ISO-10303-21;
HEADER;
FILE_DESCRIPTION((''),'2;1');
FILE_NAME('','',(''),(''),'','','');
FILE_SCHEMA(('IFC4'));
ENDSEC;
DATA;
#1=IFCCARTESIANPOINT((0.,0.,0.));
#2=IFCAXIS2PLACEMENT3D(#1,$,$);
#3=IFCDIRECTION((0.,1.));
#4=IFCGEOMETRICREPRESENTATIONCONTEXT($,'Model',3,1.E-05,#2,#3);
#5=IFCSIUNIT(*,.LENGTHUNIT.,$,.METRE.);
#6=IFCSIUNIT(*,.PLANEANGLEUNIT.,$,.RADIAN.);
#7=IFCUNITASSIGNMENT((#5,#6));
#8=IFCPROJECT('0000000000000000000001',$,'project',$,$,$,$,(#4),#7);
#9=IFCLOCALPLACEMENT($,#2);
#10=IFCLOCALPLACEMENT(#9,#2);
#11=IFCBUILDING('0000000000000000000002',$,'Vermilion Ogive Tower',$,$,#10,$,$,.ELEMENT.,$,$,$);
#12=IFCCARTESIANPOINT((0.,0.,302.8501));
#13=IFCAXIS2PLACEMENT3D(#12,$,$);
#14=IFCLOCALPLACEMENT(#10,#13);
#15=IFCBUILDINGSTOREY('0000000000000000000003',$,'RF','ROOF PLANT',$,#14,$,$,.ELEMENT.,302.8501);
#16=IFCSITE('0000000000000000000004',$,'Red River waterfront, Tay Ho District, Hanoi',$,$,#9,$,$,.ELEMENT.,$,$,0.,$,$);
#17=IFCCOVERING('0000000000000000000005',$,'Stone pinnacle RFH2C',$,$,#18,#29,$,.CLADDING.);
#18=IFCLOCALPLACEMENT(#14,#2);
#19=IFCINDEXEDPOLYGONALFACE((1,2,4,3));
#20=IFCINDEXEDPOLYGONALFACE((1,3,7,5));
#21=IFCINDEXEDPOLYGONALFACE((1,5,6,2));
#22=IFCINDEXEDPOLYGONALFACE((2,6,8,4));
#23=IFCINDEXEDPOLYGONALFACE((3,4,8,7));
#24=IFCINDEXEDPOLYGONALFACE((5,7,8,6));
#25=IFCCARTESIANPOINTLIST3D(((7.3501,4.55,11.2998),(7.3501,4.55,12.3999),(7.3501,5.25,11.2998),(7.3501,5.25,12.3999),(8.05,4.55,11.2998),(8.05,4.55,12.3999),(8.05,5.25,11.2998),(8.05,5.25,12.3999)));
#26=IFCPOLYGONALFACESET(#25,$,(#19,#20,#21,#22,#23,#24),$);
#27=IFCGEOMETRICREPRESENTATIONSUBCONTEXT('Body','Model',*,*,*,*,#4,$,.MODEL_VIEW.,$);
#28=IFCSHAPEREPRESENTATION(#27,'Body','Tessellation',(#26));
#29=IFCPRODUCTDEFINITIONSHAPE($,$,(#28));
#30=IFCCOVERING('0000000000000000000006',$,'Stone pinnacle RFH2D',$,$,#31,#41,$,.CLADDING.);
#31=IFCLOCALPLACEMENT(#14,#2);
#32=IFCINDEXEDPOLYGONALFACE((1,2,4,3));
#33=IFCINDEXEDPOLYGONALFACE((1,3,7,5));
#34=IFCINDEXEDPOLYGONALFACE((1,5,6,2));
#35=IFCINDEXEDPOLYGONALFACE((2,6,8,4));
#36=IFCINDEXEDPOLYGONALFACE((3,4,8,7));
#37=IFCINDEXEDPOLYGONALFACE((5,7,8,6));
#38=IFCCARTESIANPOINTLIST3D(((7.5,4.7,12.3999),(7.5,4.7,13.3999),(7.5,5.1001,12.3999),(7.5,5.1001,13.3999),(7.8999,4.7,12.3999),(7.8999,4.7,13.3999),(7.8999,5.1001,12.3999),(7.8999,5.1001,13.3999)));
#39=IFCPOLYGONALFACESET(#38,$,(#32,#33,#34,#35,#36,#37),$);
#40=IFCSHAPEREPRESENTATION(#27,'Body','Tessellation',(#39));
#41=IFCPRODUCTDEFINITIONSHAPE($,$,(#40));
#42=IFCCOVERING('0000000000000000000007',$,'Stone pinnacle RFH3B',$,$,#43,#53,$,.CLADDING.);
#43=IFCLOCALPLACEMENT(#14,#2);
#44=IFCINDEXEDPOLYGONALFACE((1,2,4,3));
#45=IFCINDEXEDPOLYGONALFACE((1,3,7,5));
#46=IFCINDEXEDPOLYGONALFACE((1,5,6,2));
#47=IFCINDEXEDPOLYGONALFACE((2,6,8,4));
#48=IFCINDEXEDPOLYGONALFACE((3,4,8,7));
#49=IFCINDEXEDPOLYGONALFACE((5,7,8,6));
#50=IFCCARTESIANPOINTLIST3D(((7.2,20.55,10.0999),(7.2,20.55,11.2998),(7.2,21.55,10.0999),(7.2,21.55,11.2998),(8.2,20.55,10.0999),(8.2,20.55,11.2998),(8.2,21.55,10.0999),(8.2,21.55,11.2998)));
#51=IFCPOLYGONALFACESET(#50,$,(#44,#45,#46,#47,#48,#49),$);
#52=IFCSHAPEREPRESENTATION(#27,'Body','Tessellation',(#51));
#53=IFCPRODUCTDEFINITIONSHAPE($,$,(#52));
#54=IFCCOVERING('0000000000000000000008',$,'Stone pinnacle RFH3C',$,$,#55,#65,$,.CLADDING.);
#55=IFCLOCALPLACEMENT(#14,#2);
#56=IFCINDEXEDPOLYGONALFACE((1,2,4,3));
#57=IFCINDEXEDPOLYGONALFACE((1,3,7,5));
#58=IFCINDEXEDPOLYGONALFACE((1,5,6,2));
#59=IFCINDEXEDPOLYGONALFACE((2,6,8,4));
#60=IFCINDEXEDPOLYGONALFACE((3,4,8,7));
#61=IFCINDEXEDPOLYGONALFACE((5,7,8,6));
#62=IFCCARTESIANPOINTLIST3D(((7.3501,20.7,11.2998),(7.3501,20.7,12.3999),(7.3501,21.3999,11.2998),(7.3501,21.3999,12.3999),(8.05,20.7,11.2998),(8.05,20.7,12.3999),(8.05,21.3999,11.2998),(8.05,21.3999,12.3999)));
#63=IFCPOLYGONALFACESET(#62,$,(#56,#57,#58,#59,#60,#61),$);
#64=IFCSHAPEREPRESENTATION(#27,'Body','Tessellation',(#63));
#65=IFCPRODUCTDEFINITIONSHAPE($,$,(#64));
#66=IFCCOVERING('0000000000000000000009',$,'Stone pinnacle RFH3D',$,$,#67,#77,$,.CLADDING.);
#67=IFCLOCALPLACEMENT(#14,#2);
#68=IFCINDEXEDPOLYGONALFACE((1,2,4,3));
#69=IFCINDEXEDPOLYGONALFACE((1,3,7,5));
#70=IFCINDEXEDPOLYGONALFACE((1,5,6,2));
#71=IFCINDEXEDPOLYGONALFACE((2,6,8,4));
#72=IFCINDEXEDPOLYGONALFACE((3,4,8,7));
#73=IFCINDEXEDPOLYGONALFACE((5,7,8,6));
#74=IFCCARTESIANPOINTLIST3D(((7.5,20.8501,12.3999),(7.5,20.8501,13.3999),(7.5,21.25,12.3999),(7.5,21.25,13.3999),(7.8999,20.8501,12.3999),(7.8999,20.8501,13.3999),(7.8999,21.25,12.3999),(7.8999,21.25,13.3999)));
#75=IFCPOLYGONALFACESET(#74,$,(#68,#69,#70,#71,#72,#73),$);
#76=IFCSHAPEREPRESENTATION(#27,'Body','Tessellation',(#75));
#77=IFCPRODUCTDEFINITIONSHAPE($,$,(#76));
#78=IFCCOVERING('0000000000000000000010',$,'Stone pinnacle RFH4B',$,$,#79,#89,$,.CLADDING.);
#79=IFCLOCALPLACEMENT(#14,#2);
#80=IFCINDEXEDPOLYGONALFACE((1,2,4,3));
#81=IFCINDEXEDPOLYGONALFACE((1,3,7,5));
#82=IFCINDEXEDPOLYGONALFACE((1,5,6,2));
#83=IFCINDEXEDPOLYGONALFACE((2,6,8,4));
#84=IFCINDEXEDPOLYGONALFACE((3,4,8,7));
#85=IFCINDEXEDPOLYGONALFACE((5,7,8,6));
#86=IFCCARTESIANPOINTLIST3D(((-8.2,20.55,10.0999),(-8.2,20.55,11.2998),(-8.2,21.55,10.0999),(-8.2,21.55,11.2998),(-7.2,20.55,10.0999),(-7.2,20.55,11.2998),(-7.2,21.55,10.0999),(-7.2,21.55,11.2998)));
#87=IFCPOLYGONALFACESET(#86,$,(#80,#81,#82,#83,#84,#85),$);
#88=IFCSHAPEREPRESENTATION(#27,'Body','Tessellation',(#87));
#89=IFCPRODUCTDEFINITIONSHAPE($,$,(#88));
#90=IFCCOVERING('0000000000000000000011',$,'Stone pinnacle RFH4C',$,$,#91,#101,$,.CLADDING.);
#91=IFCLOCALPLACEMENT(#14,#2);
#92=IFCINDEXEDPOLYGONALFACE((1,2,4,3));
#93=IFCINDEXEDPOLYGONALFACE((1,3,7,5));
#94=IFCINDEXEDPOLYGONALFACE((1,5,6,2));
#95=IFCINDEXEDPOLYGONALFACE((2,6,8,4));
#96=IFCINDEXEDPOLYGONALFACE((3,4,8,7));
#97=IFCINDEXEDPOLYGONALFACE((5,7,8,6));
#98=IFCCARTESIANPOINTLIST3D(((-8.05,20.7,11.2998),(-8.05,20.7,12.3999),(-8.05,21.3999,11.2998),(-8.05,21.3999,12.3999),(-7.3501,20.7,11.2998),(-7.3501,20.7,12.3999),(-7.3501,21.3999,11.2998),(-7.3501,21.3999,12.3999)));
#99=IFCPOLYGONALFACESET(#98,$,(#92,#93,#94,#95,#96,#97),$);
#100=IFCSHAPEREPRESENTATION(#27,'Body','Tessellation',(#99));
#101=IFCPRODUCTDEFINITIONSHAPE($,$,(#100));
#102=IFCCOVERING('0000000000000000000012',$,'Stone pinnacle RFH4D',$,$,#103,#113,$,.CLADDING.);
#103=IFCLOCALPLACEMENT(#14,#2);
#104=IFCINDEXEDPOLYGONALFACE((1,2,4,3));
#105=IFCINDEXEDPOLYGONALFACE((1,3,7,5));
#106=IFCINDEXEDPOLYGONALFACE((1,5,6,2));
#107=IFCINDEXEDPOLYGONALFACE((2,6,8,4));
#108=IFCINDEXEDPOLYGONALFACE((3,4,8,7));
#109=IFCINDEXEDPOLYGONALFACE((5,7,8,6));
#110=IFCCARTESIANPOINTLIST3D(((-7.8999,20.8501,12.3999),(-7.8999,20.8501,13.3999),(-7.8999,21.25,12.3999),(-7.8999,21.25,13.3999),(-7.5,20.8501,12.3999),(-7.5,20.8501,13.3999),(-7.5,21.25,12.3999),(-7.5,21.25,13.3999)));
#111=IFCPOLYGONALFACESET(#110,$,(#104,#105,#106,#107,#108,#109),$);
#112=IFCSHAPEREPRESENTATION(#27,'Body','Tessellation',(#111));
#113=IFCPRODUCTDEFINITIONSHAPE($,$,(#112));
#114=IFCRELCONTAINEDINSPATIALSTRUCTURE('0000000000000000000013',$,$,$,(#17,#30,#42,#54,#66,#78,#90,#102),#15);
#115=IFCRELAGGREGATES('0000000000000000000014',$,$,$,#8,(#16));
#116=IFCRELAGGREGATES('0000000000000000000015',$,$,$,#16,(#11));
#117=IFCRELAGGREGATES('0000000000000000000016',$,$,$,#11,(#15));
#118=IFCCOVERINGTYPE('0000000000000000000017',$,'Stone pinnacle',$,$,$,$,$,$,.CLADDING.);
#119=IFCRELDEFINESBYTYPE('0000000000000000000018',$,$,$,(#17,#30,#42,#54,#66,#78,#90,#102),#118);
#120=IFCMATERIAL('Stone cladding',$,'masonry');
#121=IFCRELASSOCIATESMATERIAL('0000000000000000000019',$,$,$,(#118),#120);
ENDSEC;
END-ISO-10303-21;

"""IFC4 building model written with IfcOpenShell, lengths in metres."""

from ifc_helpers import new_model, si_unit, direction, frame, origin, place, context, subcontext, project, spatial, polyline, outline, extrude, material, type_object, element, save


model = new_model("IFC4")

# Units and contexts
model_context = context("Model", 3, precision=1e-05, world=origin(), true_north=direction((0.0, 1.0)))
body_context = subcontext(model_context, "Body", "Model", "MODEL_VIEW")
ifc_project = project(units=[si_unit("LENGTHUNIT", "METRE"), si_unit("PLANEANGLEUNIT", "RADIAN")], contexts=[model_context])

# Site, building, storey
site_placement = place(None, origin())
site = spatial("IfcSite", under=ifc_project, at=site_placement, Name="Red River waterfront, Tay Ho District, Hanoi", CompositionType="ELEMENT", RefElevation=0.0)
building_placement = place(site_placement, origin())
building = spatial("IfcBuilding", under=site, at=building_placement, Name="Vermilion Ogive Tower", CompositionType="ELEMENT")
storey_placement = place(building_placement, frame((0.0, 0.0, 302.8501)))
storey = spatial("IfcBuildingStorey", under=building, at=storey_placement, Name="RF", Description="ROOF PLANT", CompositionType="ELEMENT", Elevation=302.8501)

# Coverings
ifc_material_1 = material(Name="Stone cladding", Category="masonry")
covering_type_1 = type_object("IfcCoveringType", Name="Stone pinnacle", PredefinedType="CLADDING", material=ifc_material_1)
covering_1_placement = place(storey_placement, frame((0.0, 0.0, 11.2998)))
element("IfcCovering", 1, at=covering_1_placement, inside=storey, type_object=covering_type_1, Name="Stone pinnacle RFH2C", PredefinedType="CLADDING", context=body_context, shape_type="SweptSolid", body=[
    extrude(outline(polyline([(7.3501, 4.55), (8.05, 4.55), (8.05, 5.25), (7.3501, 5.25), (7.3501, 4.55)])), origin(), (0.0, 0.0, 1.0), 1.1001),
])
covering_2_placement = place(storey_placement, frame((0.0, 0.0, 12.3999)))
element("IfcCovering", 2, at=covering_2_placement, inside=storey, type_object=covering_type_1, Name="Stone pinnacle RFH2D", PredefinedType="CLADDING", context=body_context, shape_type="SweptSolid", body=[
    extrude(outline(polyline([(7.5, 4.7), (7.8999, 4.7), (7.8999, 5.1001), (7.5, 5.1001), (7.5, 4.7)])), origin(), (0.0, 0.0, 1.0), 1.0),
])
covering_3_placement = place(storey_placement, frame((0.0, 0.0, 10.0999)))
element("IfcCovering", 3, at=covering_3_placement, inside=storey, type_object=covering_type_1, Name="Stone pinnacle RFH3B", PredefinedType="CLADDING", context=body_context, shape_type="SweptSolid", body=[
    extrude(outline(polyline([(7.2, 20.55), (8.2, 20.55), (8.2, 21.55), (7.2, 21.55), (7.2, 20.55)])), origin(), (0.0, 0.0, 1.0), 1.2),
])
covering_4_placement = place(storey_placement, frame((0.0, 0.0, 11.2998)))
element("IfcCovering", 4, at=covering_4_placement, inside=storey, type_object=covering_type_1, Name="Stone pinnacle RFH3C", PredefinedType="CLADDING", context=body_context, shape_type="SweptSolid", body=[
    extrude(outline(polyline([(7.3501, 20.7), (8.05, 20.7), (8.05, 21.3999), (7.3501, 21.3999), (7.3501, 20.7)])), origin(), (0.0, 0.0, 1.0), 1.1001),
])
covering_5_placement = place(storey_placement, frame((0.0, 0.0, 12.3999)))
element("IfcCovering", 5, at=covering_5_placement, inside=storey, type_object=covering_type_1, Name="Stone pinnacle RFH3D", PredefinedType="CLADDING", context=body_context, shape_type="SweptSolid", body=[
    extrude(outline(polyline([(7.5, 20.8501), (7.8999, 20.8501), (7.8999, 21.25), (7.5, 21.25), (7.5, 20.8501)])), origin(), (0.0, 0.0, 1.0), 1.0),
])
covering_6_placement = place(storey_placement, frame((0.0, 0.0, 10.0999)))
element("IfcCovering", 6, at=covering_6_placement, inside=storey, type_object=covering_type_1, Name="Stone pinnacle RFH4B", PredefinedType="CLADDING", context=body_context, shape_type="SweptSolid", body=[
    extrude(outline(polyline([(-8.2, 20.55), (-7.2, 20.55), (-7.2, 21.55), (-8.2, 21.55), (-8.2, 20.55)])), origin(), (0.0, 0.0, 1.0), 1.2),
])
covering_7_placement = place(storey_placement, frame((0.0, 0.0, 11.2998)))
element("IfcCovering", 7, at=covering_7_placement, inside=storey, type_object=covering_type_1, Name="Stone pinnacle RFH4C", PredefinedType="CLADDING", context=body_context, shape_type="SweptSolid", body=[
    extrude(outline(polyline([(-8.05, 20.7), (-7.3501, 20.7), (-7.3501, 21.3999), (-8.05, 21.3999), (-8.05, 20.7)])), origin(), (0.0, 0.0, 1.0), 1.1001),
])
covering_8_placement = place(storey_placement, frame((0.0, 0.0, 12.3999)))
element("IfcCovering", 8, at=covering_8_placement, inside=storey, type_object=covering_type_1, Name="Stone pinnacle RFH4D", PredefinedType="CLADDING", context=body_context, shape_type="SweptSolid", body=[
    extrude(outline(polyline([(-7.8999, 20.8501), (-7.5, 20.8501), (-7.5, 21.25), (-7.8999, 21.25), (-7.8999, 20.8501)])), origin(), (0.0, 0.0, 1.0), 1.0),
])

save(model, "model.ifc")
